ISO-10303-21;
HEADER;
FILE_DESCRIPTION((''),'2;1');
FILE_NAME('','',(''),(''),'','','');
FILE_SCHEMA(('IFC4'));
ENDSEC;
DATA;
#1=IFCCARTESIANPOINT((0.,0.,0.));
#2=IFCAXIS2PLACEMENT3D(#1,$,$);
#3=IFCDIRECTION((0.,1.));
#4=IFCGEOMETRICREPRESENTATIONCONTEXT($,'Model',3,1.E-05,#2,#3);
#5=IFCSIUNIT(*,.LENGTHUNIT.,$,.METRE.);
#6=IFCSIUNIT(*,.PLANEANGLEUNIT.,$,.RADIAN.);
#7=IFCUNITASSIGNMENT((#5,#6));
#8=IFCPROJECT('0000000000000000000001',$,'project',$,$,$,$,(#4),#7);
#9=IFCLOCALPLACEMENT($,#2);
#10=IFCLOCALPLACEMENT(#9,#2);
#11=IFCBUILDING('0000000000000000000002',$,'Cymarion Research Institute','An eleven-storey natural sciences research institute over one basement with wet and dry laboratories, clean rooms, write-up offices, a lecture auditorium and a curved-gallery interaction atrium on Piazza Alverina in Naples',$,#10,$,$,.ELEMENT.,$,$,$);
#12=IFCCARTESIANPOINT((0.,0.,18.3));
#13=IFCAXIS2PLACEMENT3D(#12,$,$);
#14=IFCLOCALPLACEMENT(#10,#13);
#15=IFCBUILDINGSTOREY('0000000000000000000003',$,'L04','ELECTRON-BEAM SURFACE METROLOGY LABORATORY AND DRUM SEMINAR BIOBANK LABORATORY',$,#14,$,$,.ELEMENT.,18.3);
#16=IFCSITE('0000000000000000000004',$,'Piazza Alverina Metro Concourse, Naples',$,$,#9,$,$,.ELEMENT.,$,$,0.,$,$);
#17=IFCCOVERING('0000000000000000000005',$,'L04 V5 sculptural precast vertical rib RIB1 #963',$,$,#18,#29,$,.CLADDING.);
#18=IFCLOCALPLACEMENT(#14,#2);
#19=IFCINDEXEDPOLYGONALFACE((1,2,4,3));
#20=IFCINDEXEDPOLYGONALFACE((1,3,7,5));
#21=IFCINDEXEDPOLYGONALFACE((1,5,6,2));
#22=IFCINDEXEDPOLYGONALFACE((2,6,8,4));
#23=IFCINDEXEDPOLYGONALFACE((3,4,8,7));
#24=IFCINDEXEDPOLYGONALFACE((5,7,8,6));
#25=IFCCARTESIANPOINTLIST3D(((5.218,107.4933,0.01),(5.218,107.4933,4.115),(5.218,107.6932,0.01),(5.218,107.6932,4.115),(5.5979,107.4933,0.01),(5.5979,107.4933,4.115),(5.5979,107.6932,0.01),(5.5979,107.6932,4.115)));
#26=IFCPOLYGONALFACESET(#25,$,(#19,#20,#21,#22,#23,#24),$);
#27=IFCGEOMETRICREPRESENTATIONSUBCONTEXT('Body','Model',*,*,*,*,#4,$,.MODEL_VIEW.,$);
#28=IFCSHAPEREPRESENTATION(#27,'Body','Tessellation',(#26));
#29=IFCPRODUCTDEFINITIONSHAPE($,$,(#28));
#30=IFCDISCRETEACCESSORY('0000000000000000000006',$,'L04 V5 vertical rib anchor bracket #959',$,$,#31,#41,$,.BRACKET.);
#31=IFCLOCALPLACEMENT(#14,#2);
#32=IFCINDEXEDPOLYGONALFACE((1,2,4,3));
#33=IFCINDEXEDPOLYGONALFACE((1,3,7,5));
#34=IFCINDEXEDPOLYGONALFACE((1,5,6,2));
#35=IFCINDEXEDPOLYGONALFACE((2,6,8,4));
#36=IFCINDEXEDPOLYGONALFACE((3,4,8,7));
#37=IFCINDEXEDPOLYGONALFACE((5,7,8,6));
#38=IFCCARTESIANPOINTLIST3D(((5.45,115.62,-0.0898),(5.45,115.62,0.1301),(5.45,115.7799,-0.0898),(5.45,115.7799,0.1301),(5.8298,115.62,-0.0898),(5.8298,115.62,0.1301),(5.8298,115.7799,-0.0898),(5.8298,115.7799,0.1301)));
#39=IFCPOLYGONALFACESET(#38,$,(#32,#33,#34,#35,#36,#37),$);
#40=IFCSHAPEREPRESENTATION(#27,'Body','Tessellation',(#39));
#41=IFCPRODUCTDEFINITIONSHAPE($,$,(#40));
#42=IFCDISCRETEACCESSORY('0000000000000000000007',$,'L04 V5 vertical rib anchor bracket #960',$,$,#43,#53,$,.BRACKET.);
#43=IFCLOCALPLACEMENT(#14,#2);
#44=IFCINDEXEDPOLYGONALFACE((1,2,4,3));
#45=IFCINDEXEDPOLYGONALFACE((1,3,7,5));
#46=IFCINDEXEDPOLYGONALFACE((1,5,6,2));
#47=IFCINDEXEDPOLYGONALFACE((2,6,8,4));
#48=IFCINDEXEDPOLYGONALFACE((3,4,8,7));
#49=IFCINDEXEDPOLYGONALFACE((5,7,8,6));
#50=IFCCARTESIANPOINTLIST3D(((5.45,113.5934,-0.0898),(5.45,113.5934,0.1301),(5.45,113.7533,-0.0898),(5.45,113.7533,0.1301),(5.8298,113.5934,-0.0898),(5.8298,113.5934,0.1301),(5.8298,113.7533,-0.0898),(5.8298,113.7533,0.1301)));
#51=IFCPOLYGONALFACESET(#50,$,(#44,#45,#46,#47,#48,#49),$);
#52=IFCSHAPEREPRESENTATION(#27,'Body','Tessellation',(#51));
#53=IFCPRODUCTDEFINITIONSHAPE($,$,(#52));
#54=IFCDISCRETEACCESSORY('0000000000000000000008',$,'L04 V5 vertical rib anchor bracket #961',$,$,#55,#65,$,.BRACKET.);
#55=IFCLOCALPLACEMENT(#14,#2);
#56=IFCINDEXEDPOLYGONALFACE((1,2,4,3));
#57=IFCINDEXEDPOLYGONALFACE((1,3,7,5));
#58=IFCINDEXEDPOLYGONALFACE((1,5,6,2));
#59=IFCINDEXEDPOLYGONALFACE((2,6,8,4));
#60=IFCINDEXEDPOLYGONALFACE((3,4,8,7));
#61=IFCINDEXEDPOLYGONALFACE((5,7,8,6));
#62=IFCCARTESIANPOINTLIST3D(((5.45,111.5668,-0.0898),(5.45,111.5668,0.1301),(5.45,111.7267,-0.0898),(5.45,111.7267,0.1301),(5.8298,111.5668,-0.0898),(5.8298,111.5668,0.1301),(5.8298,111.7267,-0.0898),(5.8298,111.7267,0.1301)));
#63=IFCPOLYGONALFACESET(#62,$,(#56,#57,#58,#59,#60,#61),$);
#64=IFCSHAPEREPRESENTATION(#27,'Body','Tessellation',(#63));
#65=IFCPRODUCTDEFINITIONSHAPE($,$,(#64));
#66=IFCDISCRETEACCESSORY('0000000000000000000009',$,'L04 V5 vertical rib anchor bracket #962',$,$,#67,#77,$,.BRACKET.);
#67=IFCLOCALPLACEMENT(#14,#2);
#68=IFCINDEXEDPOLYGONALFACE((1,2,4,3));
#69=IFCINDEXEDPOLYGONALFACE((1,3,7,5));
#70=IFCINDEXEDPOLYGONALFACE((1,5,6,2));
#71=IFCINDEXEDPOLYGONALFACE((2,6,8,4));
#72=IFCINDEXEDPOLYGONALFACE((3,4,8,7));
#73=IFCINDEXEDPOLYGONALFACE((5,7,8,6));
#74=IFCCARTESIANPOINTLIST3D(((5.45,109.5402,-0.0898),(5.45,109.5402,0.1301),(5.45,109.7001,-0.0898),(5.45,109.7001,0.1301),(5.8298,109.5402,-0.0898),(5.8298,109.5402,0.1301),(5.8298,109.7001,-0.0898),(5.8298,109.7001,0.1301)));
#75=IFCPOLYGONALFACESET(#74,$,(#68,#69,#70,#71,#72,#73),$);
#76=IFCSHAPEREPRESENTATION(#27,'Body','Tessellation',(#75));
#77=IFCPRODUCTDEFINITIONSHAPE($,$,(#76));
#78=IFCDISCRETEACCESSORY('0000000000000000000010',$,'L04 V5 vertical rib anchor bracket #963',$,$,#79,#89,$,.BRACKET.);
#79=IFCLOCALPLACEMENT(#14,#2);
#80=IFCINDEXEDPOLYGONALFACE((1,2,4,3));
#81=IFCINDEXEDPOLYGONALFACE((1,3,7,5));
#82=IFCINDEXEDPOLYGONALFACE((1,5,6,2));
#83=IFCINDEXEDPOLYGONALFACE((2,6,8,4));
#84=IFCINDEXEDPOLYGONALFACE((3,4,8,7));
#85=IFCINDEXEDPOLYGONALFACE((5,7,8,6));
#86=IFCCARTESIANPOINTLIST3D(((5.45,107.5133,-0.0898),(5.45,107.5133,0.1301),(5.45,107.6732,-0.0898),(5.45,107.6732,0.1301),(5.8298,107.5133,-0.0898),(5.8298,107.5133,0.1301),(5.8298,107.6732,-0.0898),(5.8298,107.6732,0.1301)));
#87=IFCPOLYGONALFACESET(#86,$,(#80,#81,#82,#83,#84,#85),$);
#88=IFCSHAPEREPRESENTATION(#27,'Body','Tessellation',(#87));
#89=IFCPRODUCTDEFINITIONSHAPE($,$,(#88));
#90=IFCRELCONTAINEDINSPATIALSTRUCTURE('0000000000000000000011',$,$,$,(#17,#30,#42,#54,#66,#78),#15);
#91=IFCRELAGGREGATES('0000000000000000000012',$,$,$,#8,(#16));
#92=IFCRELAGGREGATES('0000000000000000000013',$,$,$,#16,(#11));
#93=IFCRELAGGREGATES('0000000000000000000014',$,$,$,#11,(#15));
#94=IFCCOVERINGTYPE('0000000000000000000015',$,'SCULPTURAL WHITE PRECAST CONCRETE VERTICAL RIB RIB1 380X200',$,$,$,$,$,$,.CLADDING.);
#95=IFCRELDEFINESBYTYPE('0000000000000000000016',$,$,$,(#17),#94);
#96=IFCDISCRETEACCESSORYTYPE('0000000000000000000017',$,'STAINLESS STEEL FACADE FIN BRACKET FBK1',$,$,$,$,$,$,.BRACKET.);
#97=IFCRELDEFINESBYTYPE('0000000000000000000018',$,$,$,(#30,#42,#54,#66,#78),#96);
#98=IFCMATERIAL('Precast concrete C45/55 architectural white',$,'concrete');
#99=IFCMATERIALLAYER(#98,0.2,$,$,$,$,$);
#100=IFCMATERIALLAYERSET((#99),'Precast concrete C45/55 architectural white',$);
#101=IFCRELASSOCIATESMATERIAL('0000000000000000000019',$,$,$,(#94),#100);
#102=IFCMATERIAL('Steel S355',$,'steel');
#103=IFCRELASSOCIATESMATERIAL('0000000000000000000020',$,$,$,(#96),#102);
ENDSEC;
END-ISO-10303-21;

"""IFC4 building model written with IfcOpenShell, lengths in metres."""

from ifc_helpers import new_model, si_unit, direction, frame, origin, origin_2d, place, context, subcontext, project, spatial, rectangle, extrude, material, layer, layer_set, type_object, element, save


model = new_model("IFC4")

# Units and contexts
model_context = context("Model", 3, precision=1e-05, world=origin(), true_north=direction((0.0, 1.0)))
body_context = subcontext(model_context, "Body", "Model", "MODEL_VIEW")
ifc_project = project(units=[si_unit("LENGTHUNIT", "METRE"), si_unit("PLANEANGLEUNIT", "RADIAN")], contexts=[model_context])

# Site, building, storey
site_placement = place(None, origin())
site = spatial("IfcSite", under=ifc_project, at=site_placement, Name="Piazza Alverina Metro Concourse, Naples", CompositionType="ELEMENT", RefElevation=0.0)
building_placement = place(site_placement, origin())
building = spatial("IfcBuilding", under=site, at=building_placement, Name="Cymarion Research Institute", Description="An eleven-storey natural sciences research institute over one basement with wet and dry laboratories, clean rooms, write-up offices, a lecture auditorium and a curved-gallery interaction atrium on Piazza Alverina in Naples", CompositionType="ELEMENT")
storey_placement = place(building_placement, frame((0.0, 0.0, 18.3)))
storey = spatial("IfcBuildingStorey", under=building, at=storey_placement, Name="L04", Description="ELECTRON-BEAM SURFACE METROLOGY LABORATORY AND DRUM SEMINAR BIOBANK LABORATORY", CompositionType="ELEMENT", Elevation=18.3)

# Covering
ifc_material_1 = material(Name="Precast concrete C45/55 architectural white", Category="concrete")
ifc_layer_1 = layer(ifc_material_1, 0.2)
ifc_layer_set_1 = layer_set([ifc_layer_1], Name="Precast concrete C45/55 architectural white")
covering_type = type_object("IfcCoveringType", Name="SCULPTURAL WHITE PRECAST CONCRETE VERTICAL RIB RIB1 380X200", PredefinedType="CLADDING", material=ifc_layer_set_1)
for number, where, z_axis, x_axis, name in (
    (1, (5.408, 107.5933, 0.01), (0.0, 0.0, 1.0), (-1.0, 0.0, 0.0), "L04 V5 sculptural precast vertical rib RIB1 #963"),
):
    element("IfcCovering", number, at=place(storey_placement, frame(where, z_axis=z_axis, x_axis=x_axis)), inside=storey, type_object=covering_type, Name=name, PredefinedType="CLADDING", context=body_context, shape_type="SweptSolid", body=[
        extrude(rectangle(XDim=0.3799, YDim=0.2, at=origin_2d()), origin(), (0.0, 0.0, 1.0), 4.105),
    ])

# Discrete accessories
ifc_material_2 = material(Name="Steel S355", Category="steel")
discrete_accessory_type = type_object("IfcDiscreteAccessoryType", Name="STAINLESS STEEL FACADE FIN BRACKET FBK1", PredefinedType="BRACKET", material=ifc_material_2)
for number, where, z_axis, x_axis, name in (
    (2, (5.6399, 115.7, -0.0898), (0.0, 0.0, 1.0), (-1.0, 0.0, 0.0), "L04 V5 vertical rib anchor bracket #959"),
    (3, (5.6399, 113.6733, -0.0898), (0.0, 0.0, 1.0), (-1.0, 0.0, 0.0), "L04 V5 vertical rib anchor bracket #960"),
    (4, (5.6399, 111.6467, -0.0898), (0.0, 0.0, 1.0), (-1.0, 0.0, 0.0), "L04 V5 vertical rib anchor bracket #961"),
    (5, (5.6399, 109.6201, -0.0898), (0.0, 0.0, 1.0), (-1.0, 0.0, 0.0), "L04 V5 vertical rib anchor bracket #962"),
    (6, (5.6399, 107.5933, -0.0898), (0.0, 0.0, 1.0), (-1.0, 0.0, 0.0), "L04 V5 vertical rib anchor bracket #963"),
):
    element("IfcDiscreteAccessory", number, at=place(storey_placement, frame(where, z_axis=z_axis, x_axis=x_axis)), inside=storey, type_object=discrete_accessory_type, Name=name, PredefinedType="BRACKET", context=body_context, shape_type="SweptSolid", body=[
        extrude(rectangle(XDim=0.3799, YDim=0.1599, at=origin_2d()), origin(), (0.0, 0.0, 1.0), 0.22),
    ])

save(model, "model.ifc")
